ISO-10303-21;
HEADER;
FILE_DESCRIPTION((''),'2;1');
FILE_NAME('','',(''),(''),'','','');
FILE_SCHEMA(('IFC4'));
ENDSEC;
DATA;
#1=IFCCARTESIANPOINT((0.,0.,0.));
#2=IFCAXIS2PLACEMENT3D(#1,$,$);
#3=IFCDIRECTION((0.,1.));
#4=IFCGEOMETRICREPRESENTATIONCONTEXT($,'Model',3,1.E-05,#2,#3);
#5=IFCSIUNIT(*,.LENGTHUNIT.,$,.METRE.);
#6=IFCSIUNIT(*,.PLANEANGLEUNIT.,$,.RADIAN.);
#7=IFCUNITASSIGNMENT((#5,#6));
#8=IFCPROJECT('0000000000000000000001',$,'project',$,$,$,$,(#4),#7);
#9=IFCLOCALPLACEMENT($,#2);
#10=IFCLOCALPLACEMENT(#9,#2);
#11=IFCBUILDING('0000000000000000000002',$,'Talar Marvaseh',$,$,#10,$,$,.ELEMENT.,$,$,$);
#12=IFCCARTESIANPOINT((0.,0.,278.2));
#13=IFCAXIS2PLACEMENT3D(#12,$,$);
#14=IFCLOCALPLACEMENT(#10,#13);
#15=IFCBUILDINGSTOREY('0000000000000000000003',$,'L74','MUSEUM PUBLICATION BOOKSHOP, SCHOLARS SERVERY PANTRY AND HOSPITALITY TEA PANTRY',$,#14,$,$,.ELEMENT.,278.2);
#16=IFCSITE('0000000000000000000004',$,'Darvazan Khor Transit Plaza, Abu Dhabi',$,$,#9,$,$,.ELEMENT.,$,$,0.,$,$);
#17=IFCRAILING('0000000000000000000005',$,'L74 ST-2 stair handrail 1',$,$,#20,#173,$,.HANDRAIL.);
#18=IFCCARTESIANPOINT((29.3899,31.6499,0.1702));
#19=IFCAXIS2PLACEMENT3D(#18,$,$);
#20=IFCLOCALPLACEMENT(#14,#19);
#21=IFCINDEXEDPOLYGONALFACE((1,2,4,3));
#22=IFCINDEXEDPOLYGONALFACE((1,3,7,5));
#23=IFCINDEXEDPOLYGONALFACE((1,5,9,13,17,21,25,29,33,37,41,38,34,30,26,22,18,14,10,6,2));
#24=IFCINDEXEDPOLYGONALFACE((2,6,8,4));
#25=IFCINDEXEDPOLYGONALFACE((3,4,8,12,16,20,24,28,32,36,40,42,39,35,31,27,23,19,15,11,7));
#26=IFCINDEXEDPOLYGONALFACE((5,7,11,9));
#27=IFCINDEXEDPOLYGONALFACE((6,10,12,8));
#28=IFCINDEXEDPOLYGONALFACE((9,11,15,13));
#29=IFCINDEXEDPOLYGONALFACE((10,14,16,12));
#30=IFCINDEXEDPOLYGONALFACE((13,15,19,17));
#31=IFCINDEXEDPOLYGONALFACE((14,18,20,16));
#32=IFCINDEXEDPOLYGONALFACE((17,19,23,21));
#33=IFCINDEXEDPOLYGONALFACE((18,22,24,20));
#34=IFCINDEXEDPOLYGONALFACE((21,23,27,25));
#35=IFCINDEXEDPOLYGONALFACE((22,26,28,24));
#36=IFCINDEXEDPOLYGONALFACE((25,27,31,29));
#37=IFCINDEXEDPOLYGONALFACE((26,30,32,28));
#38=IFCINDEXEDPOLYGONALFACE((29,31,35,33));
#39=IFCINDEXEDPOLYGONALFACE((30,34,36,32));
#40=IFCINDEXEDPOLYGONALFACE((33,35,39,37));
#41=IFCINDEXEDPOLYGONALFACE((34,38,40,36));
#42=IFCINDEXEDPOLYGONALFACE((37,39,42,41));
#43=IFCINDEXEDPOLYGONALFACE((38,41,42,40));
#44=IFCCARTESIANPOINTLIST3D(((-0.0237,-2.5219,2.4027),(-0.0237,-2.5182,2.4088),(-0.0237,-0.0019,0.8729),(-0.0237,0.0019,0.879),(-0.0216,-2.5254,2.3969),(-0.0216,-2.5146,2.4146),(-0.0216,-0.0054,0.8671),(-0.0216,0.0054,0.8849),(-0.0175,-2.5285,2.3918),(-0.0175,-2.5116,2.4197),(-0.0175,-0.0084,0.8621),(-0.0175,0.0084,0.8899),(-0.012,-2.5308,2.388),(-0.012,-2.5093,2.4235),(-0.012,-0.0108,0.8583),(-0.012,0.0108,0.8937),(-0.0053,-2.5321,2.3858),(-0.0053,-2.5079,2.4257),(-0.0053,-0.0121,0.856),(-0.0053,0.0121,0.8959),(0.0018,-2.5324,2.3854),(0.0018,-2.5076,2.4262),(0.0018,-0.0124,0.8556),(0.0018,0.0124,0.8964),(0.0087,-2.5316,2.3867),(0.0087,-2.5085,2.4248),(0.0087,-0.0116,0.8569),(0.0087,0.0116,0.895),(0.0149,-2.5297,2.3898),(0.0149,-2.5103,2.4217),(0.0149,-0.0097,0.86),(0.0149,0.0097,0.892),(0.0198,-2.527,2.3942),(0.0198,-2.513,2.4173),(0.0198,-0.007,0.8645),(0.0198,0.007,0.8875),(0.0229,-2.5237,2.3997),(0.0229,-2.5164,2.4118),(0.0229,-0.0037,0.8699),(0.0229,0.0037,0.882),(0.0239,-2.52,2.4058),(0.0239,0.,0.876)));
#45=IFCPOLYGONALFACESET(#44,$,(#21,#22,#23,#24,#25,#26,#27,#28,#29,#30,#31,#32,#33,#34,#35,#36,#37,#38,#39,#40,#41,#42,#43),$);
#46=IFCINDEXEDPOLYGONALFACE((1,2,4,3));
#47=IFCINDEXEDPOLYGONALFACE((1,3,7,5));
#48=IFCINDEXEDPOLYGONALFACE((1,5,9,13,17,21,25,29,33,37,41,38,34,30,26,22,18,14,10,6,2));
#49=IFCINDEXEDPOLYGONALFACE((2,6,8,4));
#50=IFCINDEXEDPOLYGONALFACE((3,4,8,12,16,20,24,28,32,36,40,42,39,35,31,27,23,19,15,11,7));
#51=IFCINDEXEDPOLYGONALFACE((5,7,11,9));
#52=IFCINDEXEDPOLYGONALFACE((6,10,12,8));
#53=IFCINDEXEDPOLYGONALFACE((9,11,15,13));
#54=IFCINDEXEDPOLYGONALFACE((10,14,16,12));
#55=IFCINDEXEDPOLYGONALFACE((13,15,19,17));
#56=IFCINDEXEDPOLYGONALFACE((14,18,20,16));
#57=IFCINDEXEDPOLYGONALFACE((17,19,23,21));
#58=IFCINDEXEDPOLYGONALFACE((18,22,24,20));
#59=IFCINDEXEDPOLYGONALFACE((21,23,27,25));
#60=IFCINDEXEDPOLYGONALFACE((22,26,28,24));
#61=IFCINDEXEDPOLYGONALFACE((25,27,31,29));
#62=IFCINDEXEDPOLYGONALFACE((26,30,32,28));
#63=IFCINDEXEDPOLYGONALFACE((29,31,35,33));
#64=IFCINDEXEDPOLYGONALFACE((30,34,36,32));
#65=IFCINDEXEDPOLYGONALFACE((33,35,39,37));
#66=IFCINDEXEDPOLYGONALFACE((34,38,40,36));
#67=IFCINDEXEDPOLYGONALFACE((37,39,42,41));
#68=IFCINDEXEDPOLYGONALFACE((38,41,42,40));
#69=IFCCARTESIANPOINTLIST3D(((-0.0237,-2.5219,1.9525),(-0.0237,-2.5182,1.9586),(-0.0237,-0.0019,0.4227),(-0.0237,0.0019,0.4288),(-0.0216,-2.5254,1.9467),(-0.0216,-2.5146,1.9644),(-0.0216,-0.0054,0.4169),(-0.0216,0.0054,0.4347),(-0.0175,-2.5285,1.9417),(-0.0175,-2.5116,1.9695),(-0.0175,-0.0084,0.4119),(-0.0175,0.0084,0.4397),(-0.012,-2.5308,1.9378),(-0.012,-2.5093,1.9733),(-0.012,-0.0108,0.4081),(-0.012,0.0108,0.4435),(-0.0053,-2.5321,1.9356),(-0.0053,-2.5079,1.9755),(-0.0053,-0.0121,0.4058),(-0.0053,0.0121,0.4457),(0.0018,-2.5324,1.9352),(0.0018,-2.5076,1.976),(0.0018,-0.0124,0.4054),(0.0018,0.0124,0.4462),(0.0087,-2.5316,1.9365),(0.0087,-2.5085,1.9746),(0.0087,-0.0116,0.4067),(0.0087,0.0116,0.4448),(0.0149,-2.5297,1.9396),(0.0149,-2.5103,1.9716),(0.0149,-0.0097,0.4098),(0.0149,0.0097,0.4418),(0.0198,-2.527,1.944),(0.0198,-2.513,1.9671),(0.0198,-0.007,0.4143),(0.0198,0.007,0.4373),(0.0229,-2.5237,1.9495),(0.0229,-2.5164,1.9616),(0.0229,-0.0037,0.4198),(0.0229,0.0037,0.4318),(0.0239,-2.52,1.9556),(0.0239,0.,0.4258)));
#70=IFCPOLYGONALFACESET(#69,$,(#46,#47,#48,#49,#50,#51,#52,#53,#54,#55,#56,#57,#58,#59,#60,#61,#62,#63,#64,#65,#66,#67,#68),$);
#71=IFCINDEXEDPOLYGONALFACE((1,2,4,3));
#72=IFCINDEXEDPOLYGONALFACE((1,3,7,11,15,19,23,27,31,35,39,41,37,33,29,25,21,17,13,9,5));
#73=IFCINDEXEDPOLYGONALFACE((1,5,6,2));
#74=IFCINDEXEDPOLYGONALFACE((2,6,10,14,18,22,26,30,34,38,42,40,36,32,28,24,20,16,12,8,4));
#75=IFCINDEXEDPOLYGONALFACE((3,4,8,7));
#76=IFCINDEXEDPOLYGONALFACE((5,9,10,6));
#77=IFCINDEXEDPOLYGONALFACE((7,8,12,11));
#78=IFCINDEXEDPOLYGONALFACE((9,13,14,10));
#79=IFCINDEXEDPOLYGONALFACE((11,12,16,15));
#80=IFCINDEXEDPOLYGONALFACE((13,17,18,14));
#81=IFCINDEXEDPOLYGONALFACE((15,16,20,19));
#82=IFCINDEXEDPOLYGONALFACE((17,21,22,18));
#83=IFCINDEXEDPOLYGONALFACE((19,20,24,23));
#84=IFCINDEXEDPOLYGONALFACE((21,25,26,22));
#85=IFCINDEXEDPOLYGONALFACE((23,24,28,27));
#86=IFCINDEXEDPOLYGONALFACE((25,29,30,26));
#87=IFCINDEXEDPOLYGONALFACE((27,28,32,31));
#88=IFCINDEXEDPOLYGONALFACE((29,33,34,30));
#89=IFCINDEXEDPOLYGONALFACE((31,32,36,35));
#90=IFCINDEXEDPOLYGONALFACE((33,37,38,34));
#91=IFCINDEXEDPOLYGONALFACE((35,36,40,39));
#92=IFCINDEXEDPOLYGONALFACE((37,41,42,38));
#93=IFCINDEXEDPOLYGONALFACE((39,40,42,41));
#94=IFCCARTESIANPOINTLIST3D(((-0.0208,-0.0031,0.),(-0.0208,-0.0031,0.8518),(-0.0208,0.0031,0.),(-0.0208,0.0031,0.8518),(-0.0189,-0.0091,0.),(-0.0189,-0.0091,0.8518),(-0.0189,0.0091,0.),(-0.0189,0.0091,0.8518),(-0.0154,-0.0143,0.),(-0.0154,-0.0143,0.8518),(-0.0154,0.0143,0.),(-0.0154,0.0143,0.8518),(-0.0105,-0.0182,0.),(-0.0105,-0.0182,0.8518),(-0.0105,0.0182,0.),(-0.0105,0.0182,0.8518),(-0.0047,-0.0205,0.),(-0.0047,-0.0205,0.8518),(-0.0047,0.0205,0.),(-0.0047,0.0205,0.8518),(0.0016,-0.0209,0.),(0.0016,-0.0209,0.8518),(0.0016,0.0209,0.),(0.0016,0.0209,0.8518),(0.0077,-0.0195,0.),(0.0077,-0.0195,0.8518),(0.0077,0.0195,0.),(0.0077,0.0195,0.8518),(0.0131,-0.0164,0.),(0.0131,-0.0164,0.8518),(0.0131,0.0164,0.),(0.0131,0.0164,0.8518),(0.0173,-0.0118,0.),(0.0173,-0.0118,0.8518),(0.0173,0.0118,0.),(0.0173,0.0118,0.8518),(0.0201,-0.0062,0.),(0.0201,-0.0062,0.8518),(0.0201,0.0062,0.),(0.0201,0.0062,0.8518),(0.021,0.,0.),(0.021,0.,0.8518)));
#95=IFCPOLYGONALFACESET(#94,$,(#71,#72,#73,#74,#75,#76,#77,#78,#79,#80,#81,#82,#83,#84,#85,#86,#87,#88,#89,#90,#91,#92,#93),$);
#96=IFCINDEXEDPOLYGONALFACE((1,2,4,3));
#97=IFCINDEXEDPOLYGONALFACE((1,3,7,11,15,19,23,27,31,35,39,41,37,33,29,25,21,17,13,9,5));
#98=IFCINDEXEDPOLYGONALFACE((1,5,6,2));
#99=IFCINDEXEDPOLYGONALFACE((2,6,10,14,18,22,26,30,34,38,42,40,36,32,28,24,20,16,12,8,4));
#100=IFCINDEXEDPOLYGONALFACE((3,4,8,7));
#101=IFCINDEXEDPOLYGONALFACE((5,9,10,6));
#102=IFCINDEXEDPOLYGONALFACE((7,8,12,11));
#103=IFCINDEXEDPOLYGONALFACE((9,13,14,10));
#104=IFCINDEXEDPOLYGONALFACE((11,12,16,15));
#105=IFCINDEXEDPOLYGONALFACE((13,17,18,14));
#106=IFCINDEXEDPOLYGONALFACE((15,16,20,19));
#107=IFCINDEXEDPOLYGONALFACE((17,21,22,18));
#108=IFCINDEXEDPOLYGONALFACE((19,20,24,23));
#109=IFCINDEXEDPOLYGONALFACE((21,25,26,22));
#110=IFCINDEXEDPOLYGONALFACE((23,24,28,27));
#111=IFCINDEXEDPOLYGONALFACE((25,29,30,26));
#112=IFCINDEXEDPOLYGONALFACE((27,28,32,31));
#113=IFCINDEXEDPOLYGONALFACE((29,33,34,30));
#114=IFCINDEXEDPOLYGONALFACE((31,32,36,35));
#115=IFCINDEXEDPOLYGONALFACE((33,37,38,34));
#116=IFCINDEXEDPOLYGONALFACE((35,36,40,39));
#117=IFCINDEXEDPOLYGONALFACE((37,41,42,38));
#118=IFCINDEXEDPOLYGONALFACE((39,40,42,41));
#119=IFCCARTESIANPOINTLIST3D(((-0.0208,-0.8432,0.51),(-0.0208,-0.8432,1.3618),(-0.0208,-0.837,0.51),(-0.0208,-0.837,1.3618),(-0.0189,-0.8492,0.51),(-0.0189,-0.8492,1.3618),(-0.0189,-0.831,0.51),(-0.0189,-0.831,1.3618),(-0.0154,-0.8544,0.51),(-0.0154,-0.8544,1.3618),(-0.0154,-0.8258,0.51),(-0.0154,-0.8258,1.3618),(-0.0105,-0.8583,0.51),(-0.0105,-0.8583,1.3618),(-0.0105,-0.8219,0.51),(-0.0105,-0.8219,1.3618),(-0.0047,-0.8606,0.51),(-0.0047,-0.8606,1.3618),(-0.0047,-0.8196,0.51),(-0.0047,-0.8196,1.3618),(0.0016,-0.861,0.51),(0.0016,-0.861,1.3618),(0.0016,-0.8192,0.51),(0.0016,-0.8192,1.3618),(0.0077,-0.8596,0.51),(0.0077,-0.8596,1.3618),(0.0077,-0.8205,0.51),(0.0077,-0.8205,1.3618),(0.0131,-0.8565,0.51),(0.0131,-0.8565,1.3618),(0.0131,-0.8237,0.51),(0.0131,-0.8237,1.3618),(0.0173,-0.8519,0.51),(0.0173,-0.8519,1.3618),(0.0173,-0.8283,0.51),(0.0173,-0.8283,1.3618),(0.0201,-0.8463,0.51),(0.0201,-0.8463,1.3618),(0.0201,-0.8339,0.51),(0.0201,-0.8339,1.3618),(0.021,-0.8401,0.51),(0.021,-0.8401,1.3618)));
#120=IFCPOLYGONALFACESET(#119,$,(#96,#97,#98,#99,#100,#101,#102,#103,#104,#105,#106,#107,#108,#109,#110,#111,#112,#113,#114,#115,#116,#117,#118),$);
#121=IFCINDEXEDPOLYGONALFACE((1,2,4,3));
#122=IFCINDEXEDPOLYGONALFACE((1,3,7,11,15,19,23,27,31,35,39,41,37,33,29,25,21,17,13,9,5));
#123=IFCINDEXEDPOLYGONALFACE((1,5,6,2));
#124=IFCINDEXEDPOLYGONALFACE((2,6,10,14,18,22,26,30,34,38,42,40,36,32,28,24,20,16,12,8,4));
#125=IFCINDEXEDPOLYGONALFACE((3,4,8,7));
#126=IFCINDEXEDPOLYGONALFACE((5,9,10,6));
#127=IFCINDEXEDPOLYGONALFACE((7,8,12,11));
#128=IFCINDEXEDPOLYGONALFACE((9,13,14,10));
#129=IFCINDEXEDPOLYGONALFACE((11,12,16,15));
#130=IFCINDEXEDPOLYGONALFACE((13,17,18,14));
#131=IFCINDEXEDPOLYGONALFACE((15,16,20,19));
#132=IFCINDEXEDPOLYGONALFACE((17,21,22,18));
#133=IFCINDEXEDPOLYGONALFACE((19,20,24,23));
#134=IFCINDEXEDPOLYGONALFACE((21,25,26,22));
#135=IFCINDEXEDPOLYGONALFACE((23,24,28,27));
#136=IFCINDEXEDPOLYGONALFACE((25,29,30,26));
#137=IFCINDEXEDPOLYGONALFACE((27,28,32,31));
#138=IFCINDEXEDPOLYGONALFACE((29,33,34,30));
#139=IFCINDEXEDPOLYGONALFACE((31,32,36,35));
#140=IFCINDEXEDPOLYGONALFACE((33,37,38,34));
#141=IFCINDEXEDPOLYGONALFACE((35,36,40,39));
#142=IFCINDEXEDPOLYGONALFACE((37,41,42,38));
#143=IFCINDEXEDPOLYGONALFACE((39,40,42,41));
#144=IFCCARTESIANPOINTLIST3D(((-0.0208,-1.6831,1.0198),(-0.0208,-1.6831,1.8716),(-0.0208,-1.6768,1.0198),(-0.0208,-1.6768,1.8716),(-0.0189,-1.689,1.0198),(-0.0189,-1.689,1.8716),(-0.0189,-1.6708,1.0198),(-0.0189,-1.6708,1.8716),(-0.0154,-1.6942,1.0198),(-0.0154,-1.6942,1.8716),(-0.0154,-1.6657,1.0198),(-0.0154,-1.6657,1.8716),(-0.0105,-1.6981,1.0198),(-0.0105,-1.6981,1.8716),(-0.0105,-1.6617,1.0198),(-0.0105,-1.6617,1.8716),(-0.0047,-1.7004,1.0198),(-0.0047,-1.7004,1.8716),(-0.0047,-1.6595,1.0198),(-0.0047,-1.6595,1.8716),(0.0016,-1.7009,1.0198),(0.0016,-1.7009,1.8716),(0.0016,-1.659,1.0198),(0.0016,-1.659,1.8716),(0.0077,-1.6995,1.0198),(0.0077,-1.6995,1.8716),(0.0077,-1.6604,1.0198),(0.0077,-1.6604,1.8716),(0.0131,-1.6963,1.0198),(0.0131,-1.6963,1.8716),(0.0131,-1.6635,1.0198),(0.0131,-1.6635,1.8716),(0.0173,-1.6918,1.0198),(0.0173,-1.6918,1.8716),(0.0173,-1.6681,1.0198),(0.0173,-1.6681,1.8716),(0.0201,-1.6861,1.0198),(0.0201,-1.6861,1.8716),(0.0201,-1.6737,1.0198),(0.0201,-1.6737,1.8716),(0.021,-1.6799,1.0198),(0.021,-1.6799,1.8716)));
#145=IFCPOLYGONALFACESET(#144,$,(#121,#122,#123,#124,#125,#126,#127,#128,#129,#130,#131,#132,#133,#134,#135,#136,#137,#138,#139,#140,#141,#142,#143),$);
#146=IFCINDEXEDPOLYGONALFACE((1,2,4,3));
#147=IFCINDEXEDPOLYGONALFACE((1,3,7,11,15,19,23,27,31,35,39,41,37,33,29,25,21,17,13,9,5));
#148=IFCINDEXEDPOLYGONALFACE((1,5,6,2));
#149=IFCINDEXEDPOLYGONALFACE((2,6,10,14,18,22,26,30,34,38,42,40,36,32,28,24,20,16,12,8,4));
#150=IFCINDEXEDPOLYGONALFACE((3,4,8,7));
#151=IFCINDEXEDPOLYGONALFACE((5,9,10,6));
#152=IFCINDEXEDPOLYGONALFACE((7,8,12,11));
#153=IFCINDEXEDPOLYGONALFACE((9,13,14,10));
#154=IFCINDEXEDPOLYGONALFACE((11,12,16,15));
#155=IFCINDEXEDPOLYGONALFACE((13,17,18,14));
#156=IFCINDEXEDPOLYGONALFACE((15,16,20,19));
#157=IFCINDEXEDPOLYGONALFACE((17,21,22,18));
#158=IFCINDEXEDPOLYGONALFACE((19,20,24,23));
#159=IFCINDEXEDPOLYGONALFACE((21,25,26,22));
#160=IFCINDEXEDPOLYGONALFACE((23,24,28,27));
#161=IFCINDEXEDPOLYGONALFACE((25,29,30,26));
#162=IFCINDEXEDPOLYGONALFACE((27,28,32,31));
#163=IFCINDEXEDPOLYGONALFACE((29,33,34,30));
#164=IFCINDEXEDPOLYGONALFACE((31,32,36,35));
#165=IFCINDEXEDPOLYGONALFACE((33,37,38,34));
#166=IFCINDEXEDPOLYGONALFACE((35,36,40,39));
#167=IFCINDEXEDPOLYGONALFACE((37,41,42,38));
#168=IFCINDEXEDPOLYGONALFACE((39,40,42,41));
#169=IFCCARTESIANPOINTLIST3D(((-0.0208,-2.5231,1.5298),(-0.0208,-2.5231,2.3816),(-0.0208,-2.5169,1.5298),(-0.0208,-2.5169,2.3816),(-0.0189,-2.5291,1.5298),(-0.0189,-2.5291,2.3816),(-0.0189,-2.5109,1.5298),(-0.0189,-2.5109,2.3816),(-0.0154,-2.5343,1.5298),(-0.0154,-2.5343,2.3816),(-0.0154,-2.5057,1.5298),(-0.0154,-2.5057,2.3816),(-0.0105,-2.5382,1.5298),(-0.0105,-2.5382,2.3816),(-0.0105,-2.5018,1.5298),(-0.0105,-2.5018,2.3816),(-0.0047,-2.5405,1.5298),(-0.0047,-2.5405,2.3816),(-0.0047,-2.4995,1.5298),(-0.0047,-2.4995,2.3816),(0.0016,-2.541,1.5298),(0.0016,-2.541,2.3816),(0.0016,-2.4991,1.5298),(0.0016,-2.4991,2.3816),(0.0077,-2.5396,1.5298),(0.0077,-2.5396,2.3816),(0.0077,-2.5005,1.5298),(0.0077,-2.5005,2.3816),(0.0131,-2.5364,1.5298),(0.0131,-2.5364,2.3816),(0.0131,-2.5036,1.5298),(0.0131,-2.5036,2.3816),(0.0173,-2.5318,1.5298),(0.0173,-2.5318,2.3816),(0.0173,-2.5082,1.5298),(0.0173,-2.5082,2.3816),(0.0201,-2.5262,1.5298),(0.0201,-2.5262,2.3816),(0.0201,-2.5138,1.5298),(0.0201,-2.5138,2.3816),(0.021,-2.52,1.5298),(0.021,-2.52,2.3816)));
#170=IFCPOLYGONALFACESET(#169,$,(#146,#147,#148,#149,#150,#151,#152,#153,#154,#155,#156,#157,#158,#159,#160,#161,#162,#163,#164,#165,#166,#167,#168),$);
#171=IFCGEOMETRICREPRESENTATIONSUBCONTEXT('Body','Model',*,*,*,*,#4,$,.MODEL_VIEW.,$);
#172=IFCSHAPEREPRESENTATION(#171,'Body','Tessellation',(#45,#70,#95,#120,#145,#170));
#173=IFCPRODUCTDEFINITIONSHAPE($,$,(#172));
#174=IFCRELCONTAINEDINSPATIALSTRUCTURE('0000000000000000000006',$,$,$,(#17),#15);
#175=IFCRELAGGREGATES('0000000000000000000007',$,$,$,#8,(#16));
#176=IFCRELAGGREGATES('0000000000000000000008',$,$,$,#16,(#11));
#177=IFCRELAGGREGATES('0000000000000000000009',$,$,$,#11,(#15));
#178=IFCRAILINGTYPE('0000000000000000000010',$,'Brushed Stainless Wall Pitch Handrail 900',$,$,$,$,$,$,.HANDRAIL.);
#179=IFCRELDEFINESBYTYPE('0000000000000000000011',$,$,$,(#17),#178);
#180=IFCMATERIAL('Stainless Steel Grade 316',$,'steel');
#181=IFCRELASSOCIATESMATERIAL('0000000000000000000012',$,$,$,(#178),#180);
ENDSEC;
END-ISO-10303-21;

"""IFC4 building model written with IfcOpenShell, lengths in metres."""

from ifc_helpers import new_model, si_unit, direction, frame, origin, origin_2d, place, context, subcontext, project, spatial, circle, extrude, material, type_object, element, save


model = new_model("IFC4")

# Units and contexts
model_context = context("Model", 3, precision=1e-05, world=origin(), true_north=direction((0.0, 1.0)))
body_context = subcontext(model_context, "Body", "Model", "MODEL_VIEW")
ifc_project = project(units=[si_unit("LENGTHUNIT", "METRE"), si_unit("PLANEANGLEUNIT", "RADIAN")], contexts=[model_context])

# Site, building, storey
site_placement = place(None, origin())
site = spatial("IfcSite", under=ifc_project, at=site_placement, Name="Darvazan Khor Transit Plaza, Abu Dhabi", CompositionType="ELEMENT", RefElevation=0.0)
building_placement = place(site_placement, origin())
building = spatial("IfcBuilding", under=site, at=building_placement, Name="Talar Marvaseh", CompositionType="ELEMENT")
storey_placement = place(building_placement, frame((0.0, 0.0, 278.2)))
storey = spatial("IfcBuildingStorey", under=building, at=storey_placement, Name="L74", Description="MUSEUM PUBLICATION BOOKSHOP, SCHOLARS SERVERY PANTRY AND HOSPITALITY TEA PANTRY", CompositionType="ELEMENT", Elevation=278.2)

# Shared definitions
ifc_material_1 = material(Name="Stainless Steel Grade 316", Category="steel")

# Railing
railing_type_1 = type_object("IfcRailingType", Name="Brushed Stainless Wall Pitch Handrail 900", PredefinedType="HANDRAIL", material=ifc_material_1)
railing_1_placement = place(storey_placement, frame((29.3899, 31.6499, 0.1702)))
element("IfcRailing", 1, at=railing_1_placement, inside=storey, type_object=railing_type_1, Name="L74 ST-2 stair handrail 1", PredefinedType="HANDRAIL", context=body_context, shape_type="SweptSolid", body=[
    extrude(circle(Radius=0.0239, at=origin_2d()), frame((0.0, 0.0, 0.876), z_axis=(0.0, -0.854822, 0.518922), x_axis=(1.0, 0.0, 0.0)), (0.0, 0.0, 1.0), 2.948),
    extrude(circle(Radius=0.0239, at=origin_2d()), frame((0.0, 0.0, 0.4258), z_axis=(0.0, -0.854822, 0.518922), x_axis=(1.0, 0.0, 0.0)), (0.0, 0.0, 1.0), 2.948),
    extrude(circle(Radius=0.021, at=origin_2d()), origin(), (0.0, 0.0, 1.0), 0.8518),
    extrude(circle(Radius=0.021, at=origin_2d()), frame((0.0, -0.8401, 0.51)), (0.0, 0.0, 1.0), 0.8518),
    extrude(circle(Radius=0.021, at=origin_2d()), frame((0.0, -1.6799, 1.0198)), (0.0, 0.0, 1.0), 0.8518),
    extrude(circle(Radius=0.021, at=origin_2d()), frame((0.0, -2.52, 1.5298)), (0.0, 0.0, 1.0), 0.8518),
])

save(model, "model.ifc")
